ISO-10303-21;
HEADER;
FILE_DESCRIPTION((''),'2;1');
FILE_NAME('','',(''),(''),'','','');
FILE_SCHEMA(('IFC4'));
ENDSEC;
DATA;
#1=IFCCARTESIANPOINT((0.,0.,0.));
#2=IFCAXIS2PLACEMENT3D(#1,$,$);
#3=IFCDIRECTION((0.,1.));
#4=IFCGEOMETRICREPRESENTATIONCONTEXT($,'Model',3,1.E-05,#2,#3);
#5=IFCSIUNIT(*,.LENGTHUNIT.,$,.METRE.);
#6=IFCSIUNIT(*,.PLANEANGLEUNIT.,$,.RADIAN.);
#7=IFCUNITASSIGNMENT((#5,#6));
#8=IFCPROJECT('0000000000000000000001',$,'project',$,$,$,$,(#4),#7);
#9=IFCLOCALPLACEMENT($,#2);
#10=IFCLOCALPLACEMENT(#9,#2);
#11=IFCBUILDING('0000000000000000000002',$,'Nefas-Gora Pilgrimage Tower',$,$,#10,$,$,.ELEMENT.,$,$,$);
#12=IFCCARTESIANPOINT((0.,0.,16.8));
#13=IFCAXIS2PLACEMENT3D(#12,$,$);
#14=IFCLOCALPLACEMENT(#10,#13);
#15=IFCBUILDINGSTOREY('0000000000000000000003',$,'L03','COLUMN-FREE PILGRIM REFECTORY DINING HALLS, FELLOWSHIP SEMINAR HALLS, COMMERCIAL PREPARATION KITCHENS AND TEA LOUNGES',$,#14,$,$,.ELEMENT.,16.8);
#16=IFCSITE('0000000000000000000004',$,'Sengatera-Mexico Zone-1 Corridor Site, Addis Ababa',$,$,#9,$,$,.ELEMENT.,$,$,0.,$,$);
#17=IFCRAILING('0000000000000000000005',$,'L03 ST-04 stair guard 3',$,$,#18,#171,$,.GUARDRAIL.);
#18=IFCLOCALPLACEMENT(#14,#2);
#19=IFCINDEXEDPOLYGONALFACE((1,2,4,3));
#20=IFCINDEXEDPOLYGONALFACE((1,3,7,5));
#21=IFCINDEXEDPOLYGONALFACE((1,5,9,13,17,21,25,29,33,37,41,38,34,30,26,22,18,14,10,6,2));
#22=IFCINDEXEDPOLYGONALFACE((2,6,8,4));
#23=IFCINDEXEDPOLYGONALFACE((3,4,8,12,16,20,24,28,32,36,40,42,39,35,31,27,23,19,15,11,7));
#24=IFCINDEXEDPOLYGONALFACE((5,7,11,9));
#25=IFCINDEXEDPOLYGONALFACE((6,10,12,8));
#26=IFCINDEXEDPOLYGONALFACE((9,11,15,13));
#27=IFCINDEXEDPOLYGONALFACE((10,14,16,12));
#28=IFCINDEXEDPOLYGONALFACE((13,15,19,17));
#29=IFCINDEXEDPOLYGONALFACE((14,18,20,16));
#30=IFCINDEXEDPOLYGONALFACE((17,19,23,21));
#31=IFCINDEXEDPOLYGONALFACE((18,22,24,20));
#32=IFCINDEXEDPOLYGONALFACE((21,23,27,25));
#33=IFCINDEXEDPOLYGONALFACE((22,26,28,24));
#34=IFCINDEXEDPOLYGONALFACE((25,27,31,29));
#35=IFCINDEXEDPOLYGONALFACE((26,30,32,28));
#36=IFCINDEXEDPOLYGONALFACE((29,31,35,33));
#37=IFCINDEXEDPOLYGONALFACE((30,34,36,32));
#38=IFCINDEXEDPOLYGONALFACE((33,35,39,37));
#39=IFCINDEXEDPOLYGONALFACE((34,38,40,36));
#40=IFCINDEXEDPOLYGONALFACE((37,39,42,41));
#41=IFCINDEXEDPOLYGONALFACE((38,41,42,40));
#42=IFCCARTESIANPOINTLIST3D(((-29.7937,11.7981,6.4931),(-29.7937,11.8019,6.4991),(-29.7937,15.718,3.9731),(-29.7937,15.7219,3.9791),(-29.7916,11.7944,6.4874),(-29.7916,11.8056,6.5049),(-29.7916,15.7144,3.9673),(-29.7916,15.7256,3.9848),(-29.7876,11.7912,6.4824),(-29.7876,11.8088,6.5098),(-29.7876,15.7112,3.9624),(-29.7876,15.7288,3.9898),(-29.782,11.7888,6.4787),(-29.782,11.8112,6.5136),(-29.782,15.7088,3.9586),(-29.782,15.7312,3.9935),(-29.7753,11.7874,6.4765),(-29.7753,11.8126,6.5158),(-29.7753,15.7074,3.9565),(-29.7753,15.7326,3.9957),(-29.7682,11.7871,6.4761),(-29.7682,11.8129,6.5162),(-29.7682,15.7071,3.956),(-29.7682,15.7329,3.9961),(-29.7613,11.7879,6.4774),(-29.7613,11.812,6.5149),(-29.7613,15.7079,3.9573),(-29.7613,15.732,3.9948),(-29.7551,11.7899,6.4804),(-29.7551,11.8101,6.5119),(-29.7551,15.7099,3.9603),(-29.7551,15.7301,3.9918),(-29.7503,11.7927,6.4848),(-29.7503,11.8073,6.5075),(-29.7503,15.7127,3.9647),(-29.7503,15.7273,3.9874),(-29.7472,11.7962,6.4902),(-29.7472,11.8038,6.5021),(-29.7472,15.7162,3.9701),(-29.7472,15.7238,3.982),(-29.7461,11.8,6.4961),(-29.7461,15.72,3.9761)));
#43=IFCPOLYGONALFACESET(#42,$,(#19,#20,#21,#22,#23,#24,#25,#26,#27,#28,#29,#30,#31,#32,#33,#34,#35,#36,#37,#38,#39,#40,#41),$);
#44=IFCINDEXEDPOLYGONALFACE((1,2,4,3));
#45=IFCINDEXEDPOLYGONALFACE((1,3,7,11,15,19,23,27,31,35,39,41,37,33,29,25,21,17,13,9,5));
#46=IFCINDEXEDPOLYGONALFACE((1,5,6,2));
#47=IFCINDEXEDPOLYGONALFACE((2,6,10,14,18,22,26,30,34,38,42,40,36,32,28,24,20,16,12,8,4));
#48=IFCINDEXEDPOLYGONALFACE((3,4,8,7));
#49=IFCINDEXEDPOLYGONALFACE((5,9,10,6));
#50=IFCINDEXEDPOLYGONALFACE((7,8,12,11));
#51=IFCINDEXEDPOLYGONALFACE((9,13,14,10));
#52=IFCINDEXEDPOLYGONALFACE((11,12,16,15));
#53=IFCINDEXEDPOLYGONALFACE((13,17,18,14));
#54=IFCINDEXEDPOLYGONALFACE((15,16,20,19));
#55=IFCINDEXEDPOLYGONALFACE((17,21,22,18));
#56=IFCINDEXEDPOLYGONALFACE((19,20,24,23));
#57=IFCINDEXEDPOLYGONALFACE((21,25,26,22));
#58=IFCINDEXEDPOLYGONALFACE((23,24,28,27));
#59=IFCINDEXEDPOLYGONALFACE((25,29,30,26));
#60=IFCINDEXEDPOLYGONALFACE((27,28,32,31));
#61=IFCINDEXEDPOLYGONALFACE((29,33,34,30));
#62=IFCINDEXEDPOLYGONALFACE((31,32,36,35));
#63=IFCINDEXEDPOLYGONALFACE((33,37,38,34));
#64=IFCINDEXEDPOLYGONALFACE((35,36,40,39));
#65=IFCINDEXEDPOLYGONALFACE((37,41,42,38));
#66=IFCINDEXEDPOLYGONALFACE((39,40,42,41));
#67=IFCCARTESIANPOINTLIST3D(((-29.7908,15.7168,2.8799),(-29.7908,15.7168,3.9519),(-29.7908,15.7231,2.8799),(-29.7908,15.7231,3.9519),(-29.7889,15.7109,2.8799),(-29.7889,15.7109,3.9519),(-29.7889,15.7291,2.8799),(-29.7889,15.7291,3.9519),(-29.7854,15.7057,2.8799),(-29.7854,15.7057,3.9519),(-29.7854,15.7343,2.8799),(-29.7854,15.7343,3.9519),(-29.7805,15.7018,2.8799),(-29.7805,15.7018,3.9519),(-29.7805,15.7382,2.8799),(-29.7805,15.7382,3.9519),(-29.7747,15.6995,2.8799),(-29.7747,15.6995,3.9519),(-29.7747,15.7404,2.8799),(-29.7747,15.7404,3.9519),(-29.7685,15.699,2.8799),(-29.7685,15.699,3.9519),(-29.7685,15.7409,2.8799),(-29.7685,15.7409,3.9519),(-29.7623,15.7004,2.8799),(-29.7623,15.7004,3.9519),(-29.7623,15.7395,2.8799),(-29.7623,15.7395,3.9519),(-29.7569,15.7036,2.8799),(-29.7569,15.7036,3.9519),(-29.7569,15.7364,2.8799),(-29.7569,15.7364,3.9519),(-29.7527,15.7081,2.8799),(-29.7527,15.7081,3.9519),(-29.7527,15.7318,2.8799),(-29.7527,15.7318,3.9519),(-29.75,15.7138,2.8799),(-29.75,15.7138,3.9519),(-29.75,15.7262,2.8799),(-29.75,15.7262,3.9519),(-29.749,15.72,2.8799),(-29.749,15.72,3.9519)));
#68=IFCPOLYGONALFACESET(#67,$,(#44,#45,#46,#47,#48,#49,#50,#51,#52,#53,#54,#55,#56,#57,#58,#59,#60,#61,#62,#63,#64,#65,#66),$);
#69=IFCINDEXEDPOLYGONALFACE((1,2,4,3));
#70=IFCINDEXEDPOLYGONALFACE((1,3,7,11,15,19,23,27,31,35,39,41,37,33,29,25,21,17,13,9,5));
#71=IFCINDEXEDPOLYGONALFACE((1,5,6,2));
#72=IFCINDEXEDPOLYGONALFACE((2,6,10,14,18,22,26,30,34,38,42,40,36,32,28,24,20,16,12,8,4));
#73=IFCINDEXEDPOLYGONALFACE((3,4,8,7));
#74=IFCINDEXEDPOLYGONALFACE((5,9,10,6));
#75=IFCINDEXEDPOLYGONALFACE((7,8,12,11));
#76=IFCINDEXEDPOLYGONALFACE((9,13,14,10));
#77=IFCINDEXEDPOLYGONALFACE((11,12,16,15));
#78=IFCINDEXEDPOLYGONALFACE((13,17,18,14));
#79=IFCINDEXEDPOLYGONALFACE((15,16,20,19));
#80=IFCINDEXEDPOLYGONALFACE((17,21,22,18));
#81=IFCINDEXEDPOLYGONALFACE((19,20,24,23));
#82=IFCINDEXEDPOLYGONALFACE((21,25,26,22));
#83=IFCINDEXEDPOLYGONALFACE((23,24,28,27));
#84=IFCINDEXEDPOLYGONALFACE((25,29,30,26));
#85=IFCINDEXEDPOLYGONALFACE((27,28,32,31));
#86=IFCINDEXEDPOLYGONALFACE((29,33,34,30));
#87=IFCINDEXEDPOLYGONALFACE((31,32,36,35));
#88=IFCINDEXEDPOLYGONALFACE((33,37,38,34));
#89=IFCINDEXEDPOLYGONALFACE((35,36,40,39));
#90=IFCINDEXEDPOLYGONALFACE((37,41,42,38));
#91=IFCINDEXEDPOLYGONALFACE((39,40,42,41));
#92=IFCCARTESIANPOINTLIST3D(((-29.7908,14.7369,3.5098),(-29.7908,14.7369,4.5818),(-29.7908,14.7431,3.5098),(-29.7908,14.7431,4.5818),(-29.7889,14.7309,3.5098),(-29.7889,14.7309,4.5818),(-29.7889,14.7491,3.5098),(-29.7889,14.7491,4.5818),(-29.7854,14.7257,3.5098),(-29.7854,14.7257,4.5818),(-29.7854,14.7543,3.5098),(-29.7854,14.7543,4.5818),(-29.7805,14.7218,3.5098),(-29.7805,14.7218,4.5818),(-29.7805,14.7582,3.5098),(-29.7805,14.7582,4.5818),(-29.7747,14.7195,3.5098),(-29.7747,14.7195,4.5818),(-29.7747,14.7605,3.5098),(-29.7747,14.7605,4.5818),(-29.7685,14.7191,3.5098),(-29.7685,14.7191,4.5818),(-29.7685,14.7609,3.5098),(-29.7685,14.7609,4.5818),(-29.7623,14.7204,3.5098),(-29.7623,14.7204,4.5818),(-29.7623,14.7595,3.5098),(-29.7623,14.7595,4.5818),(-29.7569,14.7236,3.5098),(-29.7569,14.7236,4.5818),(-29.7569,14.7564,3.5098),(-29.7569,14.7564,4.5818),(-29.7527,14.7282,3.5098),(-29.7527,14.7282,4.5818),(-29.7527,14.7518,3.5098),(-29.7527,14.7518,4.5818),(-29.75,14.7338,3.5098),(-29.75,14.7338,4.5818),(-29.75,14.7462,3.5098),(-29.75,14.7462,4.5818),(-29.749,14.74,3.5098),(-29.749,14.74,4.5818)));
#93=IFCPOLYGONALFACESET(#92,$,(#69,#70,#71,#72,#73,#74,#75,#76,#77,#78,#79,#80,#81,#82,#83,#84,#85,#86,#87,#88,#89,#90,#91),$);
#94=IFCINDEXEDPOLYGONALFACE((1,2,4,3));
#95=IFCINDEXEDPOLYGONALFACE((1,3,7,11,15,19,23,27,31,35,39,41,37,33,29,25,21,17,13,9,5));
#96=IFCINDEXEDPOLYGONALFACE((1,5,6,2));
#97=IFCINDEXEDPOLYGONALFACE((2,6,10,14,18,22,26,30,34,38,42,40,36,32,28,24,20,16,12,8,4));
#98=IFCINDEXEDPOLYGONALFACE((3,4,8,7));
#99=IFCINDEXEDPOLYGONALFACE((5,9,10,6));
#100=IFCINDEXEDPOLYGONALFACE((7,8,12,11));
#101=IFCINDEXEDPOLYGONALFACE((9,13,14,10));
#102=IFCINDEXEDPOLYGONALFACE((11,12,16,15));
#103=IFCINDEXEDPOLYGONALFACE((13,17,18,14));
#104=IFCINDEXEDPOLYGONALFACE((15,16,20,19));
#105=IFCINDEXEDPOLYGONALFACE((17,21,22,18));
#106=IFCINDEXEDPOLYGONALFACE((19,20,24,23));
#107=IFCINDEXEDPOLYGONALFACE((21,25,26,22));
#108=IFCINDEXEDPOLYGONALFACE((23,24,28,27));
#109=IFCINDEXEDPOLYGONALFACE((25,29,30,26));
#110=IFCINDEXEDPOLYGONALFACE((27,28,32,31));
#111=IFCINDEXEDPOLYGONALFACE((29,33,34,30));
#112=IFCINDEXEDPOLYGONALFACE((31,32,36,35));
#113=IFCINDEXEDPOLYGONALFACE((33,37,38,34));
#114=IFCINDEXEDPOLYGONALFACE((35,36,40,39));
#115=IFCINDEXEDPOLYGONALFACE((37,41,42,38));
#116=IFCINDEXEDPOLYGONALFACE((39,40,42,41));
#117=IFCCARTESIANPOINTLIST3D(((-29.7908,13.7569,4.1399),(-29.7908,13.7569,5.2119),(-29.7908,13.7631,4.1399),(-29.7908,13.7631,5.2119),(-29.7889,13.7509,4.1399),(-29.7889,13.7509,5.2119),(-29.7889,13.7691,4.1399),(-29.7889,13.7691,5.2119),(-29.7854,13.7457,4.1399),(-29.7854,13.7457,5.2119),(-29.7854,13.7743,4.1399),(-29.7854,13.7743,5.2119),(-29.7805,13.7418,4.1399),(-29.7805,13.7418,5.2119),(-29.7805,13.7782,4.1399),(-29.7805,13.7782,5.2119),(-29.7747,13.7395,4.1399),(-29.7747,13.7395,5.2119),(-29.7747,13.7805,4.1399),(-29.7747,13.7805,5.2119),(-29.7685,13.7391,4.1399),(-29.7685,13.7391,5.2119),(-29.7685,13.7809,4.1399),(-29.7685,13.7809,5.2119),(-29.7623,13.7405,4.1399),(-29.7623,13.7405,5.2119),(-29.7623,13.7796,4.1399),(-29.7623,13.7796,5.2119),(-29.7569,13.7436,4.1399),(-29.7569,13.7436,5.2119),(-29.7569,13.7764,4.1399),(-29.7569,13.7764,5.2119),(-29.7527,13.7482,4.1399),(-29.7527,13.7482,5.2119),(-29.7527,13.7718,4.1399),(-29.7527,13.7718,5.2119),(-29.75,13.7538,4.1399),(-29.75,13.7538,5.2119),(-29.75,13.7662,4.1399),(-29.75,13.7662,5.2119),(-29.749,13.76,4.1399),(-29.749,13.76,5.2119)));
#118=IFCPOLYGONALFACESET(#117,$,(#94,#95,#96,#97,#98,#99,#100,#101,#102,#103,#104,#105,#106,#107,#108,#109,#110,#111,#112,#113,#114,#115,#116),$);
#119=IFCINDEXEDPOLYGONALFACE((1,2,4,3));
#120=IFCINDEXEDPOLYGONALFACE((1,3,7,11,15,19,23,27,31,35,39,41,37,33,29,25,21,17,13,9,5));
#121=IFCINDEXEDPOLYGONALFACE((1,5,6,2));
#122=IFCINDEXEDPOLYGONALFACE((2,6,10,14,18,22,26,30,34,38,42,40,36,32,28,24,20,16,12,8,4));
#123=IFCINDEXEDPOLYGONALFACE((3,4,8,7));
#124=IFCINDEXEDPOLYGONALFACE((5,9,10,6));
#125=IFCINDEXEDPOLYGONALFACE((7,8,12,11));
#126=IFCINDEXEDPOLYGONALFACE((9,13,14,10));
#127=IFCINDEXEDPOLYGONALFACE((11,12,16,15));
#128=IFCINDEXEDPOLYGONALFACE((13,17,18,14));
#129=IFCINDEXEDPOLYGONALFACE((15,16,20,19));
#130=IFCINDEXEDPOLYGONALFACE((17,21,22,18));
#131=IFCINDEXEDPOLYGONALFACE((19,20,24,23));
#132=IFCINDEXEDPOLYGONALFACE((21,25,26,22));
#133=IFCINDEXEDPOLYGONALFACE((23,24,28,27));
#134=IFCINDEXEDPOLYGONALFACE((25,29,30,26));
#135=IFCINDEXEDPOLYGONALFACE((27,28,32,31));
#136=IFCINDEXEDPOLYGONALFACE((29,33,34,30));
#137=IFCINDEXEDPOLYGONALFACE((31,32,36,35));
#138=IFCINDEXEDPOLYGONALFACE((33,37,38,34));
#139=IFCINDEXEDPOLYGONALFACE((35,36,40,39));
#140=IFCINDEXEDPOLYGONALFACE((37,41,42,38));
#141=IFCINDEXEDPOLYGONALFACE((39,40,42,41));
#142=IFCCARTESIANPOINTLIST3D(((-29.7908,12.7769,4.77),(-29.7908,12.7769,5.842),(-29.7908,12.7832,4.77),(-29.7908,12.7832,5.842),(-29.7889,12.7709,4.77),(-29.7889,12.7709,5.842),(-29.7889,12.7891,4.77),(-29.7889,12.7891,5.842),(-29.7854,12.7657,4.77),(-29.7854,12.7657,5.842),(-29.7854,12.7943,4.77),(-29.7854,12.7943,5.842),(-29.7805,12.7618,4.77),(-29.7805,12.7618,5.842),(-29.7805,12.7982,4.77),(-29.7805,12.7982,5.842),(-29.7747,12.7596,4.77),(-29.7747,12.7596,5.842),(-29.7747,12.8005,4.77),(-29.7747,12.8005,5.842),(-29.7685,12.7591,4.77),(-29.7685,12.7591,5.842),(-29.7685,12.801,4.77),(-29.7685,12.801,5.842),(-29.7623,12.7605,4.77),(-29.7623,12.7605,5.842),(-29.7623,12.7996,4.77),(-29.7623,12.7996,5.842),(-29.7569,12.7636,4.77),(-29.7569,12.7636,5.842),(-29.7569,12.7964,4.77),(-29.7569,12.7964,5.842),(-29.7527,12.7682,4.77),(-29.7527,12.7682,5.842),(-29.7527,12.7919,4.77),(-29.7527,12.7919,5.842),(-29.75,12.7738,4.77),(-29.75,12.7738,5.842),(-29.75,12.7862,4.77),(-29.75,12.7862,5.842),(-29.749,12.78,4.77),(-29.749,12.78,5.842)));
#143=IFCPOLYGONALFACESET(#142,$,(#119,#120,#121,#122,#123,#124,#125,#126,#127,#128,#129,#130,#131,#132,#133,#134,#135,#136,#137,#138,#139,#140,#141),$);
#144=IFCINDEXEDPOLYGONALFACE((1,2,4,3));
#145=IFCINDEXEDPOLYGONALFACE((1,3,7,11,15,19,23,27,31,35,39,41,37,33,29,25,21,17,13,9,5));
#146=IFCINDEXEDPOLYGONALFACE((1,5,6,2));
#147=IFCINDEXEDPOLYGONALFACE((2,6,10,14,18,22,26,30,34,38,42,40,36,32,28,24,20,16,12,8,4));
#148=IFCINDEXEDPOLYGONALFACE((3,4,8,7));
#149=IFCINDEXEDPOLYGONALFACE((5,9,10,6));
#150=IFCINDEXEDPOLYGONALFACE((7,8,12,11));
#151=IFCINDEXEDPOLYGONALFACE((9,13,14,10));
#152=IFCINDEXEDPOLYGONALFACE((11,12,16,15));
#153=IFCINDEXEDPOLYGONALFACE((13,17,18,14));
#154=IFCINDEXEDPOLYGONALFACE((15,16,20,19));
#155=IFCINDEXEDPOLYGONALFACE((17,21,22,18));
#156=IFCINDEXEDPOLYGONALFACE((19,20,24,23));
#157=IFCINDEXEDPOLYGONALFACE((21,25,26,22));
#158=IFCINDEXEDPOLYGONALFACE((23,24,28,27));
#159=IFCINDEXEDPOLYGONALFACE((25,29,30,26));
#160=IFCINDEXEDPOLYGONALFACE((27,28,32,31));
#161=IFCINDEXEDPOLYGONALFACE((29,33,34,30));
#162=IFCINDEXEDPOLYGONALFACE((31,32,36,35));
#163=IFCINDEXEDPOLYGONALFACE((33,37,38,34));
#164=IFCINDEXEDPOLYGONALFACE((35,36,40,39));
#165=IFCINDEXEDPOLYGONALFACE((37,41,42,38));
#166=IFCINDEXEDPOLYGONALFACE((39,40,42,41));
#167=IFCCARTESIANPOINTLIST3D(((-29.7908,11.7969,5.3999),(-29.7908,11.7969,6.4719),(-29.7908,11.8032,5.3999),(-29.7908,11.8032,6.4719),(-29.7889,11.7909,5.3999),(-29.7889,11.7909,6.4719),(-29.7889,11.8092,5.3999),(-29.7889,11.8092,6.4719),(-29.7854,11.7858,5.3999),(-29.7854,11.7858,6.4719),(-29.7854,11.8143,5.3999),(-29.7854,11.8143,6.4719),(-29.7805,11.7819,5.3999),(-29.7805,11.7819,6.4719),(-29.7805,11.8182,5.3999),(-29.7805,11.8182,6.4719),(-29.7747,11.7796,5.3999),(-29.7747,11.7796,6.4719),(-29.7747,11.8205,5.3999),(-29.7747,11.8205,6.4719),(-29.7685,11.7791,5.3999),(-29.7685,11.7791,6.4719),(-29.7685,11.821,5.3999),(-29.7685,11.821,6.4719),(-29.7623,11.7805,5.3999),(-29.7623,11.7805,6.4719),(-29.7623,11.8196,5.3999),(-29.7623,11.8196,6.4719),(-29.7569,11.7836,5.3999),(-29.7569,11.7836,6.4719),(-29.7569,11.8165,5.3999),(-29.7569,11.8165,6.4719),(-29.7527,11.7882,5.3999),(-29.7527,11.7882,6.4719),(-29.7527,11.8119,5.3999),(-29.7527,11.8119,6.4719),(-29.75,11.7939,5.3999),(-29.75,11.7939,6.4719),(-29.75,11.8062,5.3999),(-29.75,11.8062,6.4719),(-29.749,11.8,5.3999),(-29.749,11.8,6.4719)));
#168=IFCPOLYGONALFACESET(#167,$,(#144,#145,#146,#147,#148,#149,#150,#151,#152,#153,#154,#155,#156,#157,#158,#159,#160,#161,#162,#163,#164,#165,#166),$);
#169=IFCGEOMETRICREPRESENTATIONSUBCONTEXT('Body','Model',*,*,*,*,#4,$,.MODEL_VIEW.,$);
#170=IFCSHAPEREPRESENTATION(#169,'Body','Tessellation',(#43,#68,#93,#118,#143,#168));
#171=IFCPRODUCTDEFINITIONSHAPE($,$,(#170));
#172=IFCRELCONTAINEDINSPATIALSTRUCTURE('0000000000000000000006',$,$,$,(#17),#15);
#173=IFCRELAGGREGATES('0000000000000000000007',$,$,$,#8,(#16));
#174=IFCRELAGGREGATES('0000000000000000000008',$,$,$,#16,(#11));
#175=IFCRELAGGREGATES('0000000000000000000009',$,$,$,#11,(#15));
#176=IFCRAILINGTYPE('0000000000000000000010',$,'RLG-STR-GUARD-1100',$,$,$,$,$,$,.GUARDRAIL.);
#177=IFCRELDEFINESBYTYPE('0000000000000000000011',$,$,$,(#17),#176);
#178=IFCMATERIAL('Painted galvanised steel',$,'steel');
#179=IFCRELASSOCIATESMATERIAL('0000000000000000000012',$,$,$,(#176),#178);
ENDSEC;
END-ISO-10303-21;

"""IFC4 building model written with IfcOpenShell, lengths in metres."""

from ifc_helpers import new_model, si_unit, direction, frame, origin, origin_2d, place, context, subcontext, project, spatial, circle, extrude, material, type_object, element, save


model = new_model("IFC4")

# Units and contexts
model_context = context("Model", 3, precision=1e-05, world=origin(), true_north=direction((0.0, 1.0)))
body_context = subcontext(model_context, "Body", "Model", "MODEL_VIEW")
ifc_project = project(units=[si_unit("LENGTHUNIT", "METRE"), si_unit("PLANEANGLEUNIT", "RADIAN")], contexts=[model_context])

# Site, building, storey
site_placement = place(None, origin())
site = spatial("IfcSite", under=ifc_project, at=site_placement, Name="Sengatera-Mexico Zone-1 Corridor Site, Addis Ababa", CompositionType="ELEMENT", RefElevation=0.0)
building_placement = place(site_placement, origin())
building = spatial("IfcBuilding", under=site, at=building_placement, Name="Nefas-Gora Pilgrimage Tower", CompositionType="ELEMENT")
storey_placement = place(building_placement, frame((0.0, 0.0, 16.8)))
storey = spatial("IfcBuildingStorey", under=building, at=storey_placement, Name="L03", Description="COLUMN-FREE PILGRIM REFECTORY DINING HALLS, FELLOWSHIP SEMINAR HALLS, COMMERCIAL PREPARATION KITCHENS AND TEA LOUNGES", CompositionType="ELEMENT", Elevation=16.8)

# Railing
ifc_material_1 = material(Name="Painted galvanised steel", Category="steel")
railing_type_1 = type_object("IfcRailingType", Name="RLG-STR-GUARD-1100", PredefinedType="GUARDRAIL", material=ifc_material_1)
railing_1_placement = place(storey_placement, frame((-29.77, 15.72, 2.8799)))
element("IfcRailing", 1, at=railing_1_placement, inside=storey, type_object=railing_type_1, Name="L03 ST-04 stair guard 3", PredefinedType="GUARDRAIL", context=body_context, shape_type="SweptSolid", body=[
    extrude(circle(Radius=0.0239, at=origin_2d()), frame((0.0, 0.0, 1.0962), z_axis=(0.0, -0.841172, 0.540768), x_axis=(1.0, 0.0, 0.0)), (0.0, 0.0, 1.0), 4.6602),
    extrude(circle(Radius=0.021, at=origin_2d()), origin(), (0.0, 0.0, 1.0), 1.072),
    extrude(circle(Radius=0.021, at=origin_2d()), frame((0.0, -0.98, 0.6299)), (0.0, 0.0, 1.0), 1.072),
    extrude(circle(Radius=0.021, at=origin_2d()), frame((0.0, -1.96, 1.26)), (0.0, 0.0, 1.0), 1.072),
    extrude(circle(Radius=0.021, at=origin_2d()), frame((0.0, -2.9399, 1.8901)), (0.0, 0.0, 1.0), 1.072),
    extrude(circle(Radius=0.021, at=origin_2d()), frame((0.0, -3.9199, 2.52)), (0.0, 0.0, 1.0), 1.072),
])

save(model, "model.ifc")
